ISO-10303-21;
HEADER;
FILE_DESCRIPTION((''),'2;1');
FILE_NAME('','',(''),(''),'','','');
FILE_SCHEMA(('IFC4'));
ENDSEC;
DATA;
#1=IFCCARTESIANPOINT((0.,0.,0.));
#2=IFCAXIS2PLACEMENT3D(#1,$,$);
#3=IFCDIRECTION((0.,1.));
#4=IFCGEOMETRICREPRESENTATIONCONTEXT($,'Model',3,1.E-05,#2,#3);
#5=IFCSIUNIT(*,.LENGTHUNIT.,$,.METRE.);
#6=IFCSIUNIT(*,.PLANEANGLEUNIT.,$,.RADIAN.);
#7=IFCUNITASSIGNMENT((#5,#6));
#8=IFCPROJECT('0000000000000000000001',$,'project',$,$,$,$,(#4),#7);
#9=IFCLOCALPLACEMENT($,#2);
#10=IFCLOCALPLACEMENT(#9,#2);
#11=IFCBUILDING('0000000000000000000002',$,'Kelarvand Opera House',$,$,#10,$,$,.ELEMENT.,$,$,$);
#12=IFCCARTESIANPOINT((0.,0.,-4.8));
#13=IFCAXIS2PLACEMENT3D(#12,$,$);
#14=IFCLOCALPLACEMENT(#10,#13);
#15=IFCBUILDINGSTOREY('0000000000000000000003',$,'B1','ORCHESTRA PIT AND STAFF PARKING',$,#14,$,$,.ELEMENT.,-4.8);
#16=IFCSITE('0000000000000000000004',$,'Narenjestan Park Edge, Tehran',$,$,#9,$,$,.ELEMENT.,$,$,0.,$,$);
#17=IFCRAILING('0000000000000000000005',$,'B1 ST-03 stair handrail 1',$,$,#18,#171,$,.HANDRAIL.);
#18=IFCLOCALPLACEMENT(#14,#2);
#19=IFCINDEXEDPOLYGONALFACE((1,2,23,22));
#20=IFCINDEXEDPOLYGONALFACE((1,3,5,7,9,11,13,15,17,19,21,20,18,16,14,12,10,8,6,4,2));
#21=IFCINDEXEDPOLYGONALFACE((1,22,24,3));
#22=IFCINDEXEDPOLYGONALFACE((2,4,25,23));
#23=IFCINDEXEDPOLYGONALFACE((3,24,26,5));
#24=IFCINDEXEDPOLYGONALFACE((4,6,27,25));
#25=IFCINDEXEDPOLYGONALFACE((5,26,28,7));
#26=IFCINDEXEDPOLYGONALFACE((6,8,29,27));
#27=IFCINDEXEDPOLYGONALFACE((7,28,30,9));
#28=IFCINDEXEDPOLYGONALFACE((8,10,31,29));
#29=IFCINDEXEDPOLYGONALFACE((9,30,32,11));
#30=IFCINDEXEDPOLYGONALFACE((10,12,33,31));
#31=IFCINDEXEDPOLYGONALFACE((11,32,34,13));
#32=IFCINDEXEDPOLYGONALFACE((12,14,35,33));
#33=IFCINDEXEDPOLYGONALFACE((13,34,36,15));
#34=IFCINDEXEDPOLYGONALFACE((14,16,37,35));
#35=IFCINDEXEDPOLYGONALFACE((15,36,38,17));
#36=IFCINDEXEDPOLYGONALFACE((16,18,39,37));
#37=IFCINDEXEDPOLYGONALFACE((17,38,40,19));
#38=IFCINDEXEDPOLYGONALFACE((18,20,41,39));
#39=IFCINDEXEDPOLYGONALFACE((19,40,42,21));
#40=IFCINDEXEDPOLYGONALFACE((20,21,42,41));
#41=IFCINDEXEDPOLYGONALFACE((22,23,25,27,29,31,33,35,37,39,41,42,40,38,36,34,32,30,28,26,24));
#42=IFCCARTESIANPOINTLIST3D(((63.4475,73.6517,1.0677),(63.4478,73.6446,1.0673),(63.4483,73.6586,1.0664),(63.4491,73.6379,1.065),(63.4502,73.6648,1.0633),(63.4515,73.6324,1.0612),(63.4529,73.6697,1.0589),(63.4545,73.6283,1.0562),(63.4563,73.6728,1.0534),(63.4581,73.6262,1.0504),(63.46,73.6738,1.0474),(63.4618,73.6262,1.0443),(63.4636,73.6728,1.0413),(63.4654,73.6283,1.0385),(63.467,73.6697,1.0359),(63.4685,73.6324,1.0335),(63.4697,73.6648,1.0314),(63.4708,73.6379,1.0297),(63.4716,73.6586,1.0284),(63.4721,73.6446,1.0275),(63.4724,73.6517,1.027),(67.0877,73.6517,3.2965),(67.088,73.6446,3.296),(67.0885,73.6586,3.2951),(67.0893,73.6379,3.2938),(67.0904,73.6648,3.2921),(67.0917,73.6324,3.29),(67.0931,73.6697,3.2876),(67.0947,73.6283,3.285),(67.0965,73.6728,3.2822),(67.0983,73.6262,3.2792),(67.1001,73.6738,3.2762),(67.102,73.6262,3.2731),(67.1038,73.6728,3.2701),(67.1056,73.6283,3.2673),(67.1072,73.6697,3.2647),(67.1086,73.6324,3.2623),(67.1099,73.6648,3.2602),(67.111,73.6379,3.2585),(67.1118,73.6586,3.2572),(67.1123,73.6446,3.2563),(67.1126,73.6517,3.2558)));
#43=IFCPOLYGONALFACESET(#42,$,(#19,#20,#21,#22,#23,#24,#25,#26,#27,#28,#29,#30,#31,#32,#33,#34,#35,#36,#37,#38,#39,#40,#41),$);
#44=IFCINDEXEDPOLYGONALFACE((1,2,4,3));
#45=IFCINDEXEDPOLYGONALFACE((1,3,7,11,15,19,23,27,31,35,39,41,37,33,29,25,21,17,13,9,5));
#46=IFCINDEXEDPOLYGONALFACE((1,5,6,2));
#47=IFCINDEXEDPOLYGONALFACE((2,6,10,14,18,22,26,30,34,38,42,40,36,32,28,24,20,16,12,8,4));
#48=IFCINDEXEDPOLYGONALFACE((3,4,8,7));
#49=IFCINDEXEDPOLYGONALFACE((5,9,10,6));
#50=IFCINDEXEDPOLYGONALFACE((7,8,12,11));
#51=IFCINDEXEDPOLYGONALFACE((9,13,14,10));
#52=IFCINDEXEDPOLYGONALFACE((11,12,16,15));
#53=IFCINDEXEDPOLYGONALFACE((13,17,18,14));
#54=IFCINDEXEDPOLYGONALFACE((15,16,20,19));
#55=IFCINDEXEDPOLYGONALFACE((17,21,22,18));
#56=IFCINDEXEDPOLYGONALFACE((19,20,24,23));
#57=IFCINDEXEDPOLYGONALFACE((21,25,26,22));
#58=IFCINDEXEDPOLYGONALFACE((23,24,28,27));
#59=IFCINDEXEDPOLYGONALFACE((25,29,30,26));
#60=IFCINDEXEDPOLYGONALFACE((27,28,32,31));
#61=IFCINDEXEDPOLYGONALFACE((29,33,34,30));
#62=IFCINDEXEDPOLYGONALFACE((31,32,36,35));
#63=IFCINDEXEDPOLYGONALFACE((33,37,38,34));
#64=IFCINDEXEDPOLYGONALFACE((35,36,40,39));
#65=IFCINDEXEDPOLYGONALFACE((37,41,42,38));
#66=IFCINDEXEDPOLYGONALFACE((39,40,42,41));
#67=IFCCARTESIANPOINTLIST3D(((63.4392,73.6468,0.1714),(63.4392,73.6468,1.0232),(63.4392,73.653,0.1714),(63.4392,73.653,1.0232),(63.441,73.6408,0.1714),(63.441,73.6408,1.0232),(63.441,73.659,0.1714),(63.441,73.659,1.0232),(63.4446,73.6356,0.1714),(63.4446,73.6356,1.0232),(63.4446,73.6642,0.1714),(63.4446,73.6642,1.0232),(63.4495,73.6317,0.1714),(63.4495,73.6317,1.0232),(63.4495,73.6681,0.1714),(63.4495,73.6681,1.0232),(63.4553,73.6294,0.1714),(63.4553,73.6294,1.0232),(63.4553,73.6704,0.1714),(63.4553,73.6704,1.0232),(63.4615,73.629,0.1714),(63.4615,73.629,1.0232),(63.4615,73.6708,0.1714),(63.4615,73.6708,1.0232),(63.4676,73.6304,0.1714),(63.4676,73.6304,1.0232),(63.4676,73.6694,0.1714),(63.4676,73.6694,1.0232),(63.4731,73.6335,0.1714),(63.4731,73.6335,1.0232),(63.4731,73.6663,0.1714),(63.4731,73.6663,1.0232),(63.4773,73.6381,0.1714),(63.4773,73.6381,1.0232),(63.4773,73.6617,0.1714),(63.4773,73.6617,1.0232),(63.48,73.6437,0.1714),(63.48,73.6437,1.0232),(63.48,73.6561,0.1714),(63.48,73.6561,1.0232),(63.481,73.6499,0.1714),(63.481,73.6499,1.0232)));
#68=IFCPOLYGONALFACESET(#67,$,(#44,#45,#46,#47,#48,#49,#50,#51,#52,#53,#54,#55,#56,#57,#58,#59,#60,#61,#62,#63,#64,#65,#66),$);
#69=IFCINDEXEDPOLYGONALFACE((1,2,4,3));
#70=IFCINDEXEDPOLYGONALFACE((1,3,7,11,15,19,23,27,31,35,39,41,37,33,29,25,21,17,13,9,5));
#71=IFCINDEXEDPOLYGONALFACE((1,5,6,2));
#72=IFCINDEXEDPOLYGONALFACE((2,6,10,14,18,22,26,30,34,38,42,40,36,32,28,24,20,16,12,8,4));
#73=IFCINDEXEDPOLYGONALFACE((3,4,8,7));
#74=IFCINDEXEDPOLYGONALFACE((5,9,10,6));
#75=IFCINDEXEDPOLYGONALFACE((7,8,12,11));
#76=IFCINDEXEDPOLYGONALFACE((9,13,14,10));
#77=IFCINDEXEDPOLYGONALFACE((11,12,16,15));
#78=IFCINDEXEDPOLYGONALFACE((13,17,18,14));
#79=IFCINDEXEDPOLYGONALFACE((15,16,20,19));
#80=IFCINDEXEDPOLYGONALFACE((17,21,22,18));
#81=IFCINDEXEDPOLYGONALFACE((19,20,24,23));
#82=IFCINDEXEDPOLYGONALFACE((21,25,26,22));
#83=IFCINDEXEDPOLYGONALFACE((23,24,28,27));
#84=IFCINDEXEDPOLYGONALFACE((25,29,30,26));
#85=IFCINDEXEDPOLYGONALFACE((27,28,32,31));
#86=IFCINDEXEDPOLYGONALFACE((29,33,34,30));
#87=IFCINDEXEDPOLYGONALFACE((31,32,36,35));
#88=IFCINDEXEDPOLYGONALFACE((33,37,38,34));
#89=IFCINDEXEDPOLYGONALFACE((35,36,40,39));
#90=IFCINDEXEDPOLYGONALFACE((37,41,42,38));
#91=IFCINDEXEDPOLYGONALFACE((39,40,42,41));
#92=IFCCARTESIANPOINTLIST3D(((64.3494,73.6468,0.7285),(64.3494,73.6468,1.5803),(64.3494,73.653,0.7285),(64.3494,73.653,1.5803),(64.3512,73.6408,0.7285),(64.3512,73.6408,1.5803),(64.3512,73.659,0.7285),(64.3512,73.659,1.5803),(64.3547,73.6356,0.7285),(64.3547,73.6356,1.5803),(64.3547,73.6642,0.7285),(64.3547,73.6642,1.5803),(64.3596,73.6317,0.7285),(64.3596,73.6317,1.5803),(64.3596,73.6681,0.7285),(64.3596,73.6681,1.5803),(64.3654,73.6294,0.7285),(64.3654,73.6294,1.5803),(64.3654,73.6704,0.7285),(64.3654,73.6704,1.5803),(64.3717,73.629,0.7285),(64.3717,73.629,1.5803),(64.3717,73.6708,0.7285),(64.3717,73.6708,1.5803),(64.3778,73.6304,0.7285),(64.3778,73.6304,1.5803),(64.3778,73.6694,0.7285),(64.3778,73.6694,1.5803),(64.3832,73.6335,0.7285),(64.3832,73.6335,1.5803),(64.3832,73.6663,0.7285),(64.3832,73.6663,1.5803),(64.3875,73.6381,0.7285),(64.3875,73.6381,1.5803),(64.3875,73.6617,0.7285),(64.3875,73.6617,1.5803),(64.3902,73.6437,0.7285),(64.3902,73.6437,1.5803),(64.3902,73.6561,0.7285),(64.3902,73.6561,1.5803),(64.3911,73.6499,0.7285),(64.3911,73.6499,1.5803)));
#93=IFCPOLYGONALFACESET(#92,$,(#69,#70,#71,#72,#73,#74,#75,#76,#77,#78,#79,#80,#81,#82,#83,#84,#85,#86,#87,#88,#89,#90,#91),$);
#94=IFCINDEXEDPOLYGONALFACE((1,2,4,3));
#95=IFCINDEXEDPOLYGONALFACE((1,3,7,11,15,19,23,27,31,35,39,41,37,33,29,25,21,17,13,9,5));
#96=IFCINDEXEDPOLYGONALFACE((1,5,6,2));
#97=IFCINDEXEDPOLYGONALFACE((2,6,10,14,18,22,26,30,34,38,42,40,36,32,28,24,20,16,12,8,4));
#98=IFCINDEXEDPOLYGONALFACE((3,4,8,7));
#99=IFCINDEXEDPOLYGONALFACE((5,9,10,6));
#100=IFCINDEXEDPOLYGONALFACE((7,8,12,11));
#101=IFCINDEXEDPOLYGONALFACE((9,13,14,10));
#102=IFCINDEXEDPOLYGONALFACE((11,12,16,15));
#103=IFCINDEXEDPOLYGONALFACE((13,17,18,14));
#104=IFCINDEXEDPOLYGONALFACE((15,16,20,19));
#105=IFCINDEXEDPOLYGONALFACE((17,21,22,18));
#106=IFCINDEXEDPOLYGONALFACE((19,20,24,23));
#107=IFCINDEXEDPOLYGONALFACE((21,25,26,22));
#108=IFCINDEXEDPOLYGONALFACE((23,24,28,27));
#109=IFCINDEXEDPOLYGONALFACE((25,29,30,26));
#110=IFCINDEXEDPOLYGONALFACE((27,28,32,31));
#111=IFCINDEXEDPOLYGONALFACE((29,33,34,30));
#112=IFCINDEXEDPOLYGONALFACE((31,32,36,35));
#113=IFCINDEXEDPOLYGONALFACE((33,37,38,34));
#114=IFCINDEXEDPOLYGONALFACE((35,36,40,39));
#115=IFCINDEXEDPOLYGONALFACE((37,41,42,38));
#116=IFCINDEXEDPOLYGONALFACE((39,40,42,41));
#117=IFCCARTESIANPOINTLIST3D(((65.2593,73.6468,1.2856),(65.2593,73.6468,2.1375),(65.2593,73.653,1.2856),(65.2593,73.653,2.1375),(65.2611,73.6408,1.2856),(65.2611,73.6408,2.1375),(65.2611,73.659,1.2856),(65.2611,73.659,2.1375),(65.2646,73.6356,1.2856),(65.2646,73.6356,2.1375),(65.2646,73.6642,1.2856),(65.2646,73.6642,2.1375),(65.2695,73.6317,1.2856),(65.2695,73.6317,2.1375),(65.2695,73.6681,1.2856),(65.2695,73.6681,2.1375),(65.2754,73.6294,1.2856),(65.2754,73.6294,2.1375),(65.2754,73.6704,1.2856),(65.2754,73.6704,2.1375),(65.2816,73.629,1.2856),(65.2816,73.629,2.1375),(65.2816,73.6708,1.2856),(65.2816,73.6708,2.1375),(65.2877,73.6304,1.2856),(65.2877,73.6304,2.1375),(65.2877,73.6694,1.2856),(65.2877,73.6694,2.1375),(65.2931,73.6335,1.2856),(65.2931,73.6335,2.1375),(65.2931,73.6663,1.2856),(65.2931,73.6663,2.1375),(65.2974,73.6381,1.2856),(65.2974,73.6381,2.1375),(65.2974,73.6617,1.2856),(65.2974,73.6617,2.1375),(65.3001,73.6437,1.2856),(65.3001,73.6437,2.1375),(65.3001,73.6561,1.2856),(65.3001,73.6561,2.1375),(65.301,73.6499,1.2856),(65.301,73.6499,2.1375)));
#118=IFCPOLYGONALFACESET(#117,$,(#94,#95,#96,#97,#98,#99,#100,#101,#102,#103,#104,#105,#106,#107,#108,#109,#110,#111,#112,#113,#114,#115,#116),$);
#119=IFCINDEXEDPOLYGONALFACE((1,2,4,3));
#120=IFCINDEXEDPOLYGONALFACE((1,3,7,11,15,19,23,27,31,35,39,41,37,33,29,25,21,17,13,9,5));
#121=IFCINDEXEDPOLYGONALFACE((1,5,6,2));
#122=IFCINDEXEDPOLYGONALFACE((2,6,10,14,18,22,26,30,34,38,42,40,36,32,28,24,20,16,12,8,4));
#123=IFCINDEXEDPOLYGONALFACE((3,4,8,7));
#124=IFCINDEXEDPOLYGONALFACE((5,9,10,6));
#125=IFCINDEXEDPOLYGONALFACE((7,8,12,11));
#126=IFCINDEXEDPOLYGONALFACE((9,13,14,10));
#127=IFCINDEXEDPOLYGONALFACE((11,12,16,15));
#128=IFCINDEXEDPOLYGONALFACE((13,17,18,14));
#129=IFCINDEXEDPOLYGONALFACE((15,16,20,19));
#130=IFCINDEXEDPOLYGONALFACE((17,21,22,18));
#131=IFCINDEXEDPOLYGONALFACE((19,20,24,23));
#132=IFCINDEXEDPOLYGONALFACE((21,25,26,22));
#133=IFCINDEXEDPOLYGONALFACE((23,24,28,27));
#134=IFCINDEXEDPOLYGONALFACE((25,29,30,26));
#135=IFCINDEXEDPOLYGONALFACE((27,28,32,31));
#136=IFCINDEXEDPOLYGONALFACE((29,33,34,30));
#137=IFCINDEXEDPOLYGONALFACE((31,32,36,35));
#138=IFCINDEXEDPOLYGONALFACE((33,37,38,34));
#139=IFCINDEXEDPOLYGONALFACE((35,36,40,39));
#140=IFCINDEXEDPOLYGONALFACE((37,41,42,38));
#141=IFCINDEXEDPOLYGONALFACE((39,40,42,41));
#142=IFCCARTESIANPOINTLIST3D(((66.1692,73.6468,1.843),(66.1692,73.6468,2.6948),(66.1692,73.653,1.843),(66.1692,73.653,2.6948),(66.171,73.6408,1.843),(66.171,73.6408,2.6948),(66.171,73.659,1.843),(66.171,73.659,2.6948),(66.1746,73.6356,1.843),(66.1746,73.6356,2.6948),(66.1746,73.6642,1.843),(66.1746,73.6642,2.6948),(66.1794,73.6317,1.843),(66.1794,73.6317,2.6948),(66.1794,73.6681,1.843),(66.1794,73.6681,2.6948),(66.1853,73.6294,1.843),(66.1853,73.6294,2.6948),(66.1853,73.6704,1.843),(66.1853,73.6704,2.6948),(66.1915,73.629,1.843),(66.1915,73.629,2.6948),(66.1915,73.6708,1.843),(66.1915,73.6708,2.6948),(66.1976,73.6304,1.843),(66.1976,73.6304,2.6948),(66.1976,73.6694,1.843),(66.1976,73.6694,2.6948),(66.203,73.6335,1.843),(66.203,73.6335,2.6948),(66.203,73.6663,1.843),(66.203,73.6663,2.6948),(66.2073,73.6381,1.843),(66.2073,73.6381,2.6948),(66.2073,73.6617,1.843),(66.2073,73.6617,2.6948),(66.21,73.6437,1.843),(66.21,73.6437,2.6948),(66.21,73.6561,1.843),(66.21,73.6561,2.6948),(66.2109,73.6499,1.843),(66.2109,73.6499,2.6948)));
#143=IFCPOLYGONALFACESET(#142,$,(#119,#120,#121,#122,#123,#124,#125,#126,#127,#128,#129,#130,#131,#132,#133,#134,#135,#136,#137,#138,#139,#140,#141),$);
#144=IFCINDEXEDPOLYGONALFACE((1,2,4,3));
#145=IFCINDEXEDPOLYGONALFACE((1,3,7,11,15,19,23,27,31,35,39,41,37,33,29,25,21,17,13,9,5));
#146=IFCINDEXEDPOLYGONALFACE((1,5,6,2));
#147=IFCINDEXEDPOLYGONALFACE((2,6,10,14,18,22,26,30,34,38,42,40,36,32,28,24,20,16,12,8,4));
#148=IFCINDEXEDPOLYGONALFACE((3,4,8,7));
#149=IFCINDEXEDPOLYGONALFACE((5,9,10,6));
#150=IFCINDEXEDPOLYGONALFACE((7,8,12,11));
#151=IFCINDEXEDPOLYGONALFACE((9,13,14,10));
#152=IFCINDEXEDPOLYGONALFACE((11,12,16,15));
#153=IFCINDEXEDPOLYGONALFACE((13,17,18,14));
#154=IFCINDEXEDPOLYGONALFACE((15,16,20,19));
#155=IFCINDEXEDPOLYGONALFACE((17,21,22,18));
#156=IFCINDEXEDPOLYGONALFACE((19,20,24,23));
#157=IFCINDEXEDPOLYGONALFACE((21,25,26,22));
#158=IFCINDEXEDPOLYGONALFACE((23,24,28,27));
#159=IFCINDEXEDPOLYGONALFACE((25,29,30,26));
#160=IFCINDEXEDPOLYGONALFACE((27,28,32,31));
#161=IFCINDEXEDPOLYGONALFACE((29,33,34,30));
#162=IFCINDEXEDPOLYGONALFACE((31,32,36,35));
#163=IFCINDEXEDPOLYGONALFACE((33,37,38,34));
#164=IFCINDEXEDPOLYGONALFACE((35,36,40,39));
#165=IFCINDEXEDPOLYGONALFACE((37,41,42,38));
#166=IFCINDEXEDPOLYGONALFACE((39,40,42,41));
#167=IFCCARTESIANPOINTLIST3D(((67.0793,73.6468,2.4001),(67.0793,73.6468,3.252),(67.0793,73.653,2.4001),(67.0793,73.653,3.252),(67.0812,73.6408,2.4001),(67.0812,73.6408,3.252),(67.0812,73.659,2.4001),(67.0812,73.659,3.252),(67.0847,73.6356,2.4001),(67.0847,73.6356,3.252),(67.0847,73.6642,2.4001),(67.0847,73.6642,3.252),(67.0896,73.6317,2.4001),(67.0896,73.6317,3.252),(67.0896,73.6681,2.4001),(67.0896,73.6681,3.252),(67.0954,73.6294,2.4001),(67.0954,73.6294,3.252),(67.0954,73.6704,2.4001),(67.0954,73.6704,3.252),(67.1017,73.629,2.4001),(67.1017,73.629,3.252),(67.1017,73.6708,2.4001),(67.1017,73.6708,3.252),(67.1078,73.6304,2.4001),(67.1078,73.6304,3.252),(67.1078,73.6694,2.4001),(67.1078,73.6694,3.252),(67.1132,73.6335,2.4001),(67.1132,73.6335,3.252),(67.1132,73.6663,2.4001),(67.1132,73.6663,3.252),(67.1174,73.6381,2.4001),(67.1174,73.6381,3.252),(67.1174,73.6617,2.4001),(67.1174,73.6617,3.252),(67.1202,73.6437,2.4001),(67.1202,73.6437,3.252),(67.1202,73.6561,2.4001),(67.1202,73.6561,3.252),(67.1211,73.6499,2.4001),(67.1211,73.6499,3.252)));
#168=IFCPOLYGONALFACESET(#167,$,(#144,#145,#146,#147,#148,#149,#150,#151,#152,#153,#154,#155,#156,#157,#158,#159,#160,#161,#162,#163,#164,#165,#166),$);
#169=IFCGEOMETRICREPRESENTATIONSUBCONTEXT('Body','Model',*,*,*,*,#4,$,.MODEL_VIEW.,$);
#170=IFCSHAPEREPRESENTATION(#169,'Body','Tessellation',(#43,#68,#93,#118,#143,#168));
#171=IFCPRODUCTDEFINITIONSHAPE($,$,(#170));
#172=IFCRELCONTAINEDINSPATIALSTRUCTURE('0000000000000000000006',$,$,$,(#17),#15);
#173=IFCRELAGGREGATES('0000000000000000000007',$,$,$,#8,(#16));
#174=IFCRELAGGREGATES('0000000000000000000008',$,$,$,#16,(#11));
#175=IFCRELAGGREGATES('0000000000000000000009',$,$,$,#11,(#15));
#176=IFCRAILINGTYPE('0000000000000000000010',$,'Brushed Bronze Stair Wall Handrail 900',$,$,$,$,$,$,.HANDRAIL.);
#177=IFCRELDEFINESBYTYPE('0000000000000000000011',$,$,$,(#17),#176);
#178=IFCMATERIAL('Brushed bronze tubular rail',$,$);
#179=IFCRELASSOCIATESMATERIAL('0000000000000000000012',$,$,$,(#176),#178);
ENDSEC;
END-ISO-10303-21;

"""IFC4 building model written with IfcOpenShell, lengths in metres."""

from ifc_helpers import new_model, si_unit, direction, frame, origin, origin_2d, place, context, subcontext, project, spatial, circle, extrude, material, type_object, element, save


model = new_model("IFC4")

# Units and contexts
model_context = context("Model", 3, precision=1e-05, world=origin(), true_north=direction((0.0, 1.0)))
body_context = subcontext(model_context, "Body", "Model", "MODEL_VIEW")
ifc_project = project(units=[si_unit("LENGTHUNIT", "METRE"), si_unit("PLANEANGLEUNIT", "RADIAN")], contexts=[model_context])

# Site, building, storey
site_placement = place(None, origin())
site = spatial("IfcSite", under=ifc_project, at=site_placement, Name="Narenjestan Park Edge, Tehran", CompositionType="ELEMENT", RefElevation=0.0)
building_placement = place(site_placement, origin())
building = spatial("IfcBuilding", under=site, at=building_placement, Name="Kelarvand Opera House", CompositionType="ELEMENT")
storey_placement = place(building_placement, frame((0.0, 0.0, -4.8)))
storey = spatial("IfcBuildingStorey", under=building, at=storey_placement, Name="B1", Description="ORCHESTRA PIT AND STAFF PARKING", CompositionType="ELEMENT", Elevation=-4.8)

# Railing
ifc_material_1 = material(Name="Brushed bronze tubular rail")
railing_type_1 = type_object("IfcRailingType", Name="Brushed Bronze Stair Wall Handrail 900", PredefinedType="HANDRAIL", material=ifc_material_1)
railing_1_placement = place(storey_placement, frame((63.46, 73.6499, 0.1714)))
element("IfcRailing", 1, at=railing_1_placement, inside=storey, type_object=railing_type_1, Name="B1 ST-03 stair handrail 1", PredefinedType="HANDRAIL", context=body_context, shape_type="SweptSolid", body=[
    extrude(circle(Radius=0.0239, at=origin_2d()), frame((0.0, 0.0, 0.876), z_axis=(0.85284, 0.0, 0.522172), x_axis=(0.0, 1.0, 0.0)), (0.0, 0.0, 1.0), 4.2683),
    extrude(circle(Radius=0.021, at=origin_2d()), origin(), (0.0, 0.0, 1.0), 0.8518),
    extrude(circle(Radius=0.021, at=origin_2d()), frame((0.9102, 0.0, 0.5571)), (0.0, 0.0, 1.0), 0.8518),
    extrude(circle(Radius=0.021, at=origin_2d()), frame((1.8201, 0.0, 1.1143)), (0.0, 0.0, 1.0), 0.8518),
    extrude(circle(Radius=0.021, at=origin_2d()), frame((2.73, 0.0, 1.6716)), (0.0, 0.0, 1.0), 0.8518),
    extrude(circle(Radius=0.021, at=origin_2d()), frame((3.6401, 0.0, 2.2288)), (0.0, 0.0, 1.0), 0.8518),
])

save(model, "model.ifc")
